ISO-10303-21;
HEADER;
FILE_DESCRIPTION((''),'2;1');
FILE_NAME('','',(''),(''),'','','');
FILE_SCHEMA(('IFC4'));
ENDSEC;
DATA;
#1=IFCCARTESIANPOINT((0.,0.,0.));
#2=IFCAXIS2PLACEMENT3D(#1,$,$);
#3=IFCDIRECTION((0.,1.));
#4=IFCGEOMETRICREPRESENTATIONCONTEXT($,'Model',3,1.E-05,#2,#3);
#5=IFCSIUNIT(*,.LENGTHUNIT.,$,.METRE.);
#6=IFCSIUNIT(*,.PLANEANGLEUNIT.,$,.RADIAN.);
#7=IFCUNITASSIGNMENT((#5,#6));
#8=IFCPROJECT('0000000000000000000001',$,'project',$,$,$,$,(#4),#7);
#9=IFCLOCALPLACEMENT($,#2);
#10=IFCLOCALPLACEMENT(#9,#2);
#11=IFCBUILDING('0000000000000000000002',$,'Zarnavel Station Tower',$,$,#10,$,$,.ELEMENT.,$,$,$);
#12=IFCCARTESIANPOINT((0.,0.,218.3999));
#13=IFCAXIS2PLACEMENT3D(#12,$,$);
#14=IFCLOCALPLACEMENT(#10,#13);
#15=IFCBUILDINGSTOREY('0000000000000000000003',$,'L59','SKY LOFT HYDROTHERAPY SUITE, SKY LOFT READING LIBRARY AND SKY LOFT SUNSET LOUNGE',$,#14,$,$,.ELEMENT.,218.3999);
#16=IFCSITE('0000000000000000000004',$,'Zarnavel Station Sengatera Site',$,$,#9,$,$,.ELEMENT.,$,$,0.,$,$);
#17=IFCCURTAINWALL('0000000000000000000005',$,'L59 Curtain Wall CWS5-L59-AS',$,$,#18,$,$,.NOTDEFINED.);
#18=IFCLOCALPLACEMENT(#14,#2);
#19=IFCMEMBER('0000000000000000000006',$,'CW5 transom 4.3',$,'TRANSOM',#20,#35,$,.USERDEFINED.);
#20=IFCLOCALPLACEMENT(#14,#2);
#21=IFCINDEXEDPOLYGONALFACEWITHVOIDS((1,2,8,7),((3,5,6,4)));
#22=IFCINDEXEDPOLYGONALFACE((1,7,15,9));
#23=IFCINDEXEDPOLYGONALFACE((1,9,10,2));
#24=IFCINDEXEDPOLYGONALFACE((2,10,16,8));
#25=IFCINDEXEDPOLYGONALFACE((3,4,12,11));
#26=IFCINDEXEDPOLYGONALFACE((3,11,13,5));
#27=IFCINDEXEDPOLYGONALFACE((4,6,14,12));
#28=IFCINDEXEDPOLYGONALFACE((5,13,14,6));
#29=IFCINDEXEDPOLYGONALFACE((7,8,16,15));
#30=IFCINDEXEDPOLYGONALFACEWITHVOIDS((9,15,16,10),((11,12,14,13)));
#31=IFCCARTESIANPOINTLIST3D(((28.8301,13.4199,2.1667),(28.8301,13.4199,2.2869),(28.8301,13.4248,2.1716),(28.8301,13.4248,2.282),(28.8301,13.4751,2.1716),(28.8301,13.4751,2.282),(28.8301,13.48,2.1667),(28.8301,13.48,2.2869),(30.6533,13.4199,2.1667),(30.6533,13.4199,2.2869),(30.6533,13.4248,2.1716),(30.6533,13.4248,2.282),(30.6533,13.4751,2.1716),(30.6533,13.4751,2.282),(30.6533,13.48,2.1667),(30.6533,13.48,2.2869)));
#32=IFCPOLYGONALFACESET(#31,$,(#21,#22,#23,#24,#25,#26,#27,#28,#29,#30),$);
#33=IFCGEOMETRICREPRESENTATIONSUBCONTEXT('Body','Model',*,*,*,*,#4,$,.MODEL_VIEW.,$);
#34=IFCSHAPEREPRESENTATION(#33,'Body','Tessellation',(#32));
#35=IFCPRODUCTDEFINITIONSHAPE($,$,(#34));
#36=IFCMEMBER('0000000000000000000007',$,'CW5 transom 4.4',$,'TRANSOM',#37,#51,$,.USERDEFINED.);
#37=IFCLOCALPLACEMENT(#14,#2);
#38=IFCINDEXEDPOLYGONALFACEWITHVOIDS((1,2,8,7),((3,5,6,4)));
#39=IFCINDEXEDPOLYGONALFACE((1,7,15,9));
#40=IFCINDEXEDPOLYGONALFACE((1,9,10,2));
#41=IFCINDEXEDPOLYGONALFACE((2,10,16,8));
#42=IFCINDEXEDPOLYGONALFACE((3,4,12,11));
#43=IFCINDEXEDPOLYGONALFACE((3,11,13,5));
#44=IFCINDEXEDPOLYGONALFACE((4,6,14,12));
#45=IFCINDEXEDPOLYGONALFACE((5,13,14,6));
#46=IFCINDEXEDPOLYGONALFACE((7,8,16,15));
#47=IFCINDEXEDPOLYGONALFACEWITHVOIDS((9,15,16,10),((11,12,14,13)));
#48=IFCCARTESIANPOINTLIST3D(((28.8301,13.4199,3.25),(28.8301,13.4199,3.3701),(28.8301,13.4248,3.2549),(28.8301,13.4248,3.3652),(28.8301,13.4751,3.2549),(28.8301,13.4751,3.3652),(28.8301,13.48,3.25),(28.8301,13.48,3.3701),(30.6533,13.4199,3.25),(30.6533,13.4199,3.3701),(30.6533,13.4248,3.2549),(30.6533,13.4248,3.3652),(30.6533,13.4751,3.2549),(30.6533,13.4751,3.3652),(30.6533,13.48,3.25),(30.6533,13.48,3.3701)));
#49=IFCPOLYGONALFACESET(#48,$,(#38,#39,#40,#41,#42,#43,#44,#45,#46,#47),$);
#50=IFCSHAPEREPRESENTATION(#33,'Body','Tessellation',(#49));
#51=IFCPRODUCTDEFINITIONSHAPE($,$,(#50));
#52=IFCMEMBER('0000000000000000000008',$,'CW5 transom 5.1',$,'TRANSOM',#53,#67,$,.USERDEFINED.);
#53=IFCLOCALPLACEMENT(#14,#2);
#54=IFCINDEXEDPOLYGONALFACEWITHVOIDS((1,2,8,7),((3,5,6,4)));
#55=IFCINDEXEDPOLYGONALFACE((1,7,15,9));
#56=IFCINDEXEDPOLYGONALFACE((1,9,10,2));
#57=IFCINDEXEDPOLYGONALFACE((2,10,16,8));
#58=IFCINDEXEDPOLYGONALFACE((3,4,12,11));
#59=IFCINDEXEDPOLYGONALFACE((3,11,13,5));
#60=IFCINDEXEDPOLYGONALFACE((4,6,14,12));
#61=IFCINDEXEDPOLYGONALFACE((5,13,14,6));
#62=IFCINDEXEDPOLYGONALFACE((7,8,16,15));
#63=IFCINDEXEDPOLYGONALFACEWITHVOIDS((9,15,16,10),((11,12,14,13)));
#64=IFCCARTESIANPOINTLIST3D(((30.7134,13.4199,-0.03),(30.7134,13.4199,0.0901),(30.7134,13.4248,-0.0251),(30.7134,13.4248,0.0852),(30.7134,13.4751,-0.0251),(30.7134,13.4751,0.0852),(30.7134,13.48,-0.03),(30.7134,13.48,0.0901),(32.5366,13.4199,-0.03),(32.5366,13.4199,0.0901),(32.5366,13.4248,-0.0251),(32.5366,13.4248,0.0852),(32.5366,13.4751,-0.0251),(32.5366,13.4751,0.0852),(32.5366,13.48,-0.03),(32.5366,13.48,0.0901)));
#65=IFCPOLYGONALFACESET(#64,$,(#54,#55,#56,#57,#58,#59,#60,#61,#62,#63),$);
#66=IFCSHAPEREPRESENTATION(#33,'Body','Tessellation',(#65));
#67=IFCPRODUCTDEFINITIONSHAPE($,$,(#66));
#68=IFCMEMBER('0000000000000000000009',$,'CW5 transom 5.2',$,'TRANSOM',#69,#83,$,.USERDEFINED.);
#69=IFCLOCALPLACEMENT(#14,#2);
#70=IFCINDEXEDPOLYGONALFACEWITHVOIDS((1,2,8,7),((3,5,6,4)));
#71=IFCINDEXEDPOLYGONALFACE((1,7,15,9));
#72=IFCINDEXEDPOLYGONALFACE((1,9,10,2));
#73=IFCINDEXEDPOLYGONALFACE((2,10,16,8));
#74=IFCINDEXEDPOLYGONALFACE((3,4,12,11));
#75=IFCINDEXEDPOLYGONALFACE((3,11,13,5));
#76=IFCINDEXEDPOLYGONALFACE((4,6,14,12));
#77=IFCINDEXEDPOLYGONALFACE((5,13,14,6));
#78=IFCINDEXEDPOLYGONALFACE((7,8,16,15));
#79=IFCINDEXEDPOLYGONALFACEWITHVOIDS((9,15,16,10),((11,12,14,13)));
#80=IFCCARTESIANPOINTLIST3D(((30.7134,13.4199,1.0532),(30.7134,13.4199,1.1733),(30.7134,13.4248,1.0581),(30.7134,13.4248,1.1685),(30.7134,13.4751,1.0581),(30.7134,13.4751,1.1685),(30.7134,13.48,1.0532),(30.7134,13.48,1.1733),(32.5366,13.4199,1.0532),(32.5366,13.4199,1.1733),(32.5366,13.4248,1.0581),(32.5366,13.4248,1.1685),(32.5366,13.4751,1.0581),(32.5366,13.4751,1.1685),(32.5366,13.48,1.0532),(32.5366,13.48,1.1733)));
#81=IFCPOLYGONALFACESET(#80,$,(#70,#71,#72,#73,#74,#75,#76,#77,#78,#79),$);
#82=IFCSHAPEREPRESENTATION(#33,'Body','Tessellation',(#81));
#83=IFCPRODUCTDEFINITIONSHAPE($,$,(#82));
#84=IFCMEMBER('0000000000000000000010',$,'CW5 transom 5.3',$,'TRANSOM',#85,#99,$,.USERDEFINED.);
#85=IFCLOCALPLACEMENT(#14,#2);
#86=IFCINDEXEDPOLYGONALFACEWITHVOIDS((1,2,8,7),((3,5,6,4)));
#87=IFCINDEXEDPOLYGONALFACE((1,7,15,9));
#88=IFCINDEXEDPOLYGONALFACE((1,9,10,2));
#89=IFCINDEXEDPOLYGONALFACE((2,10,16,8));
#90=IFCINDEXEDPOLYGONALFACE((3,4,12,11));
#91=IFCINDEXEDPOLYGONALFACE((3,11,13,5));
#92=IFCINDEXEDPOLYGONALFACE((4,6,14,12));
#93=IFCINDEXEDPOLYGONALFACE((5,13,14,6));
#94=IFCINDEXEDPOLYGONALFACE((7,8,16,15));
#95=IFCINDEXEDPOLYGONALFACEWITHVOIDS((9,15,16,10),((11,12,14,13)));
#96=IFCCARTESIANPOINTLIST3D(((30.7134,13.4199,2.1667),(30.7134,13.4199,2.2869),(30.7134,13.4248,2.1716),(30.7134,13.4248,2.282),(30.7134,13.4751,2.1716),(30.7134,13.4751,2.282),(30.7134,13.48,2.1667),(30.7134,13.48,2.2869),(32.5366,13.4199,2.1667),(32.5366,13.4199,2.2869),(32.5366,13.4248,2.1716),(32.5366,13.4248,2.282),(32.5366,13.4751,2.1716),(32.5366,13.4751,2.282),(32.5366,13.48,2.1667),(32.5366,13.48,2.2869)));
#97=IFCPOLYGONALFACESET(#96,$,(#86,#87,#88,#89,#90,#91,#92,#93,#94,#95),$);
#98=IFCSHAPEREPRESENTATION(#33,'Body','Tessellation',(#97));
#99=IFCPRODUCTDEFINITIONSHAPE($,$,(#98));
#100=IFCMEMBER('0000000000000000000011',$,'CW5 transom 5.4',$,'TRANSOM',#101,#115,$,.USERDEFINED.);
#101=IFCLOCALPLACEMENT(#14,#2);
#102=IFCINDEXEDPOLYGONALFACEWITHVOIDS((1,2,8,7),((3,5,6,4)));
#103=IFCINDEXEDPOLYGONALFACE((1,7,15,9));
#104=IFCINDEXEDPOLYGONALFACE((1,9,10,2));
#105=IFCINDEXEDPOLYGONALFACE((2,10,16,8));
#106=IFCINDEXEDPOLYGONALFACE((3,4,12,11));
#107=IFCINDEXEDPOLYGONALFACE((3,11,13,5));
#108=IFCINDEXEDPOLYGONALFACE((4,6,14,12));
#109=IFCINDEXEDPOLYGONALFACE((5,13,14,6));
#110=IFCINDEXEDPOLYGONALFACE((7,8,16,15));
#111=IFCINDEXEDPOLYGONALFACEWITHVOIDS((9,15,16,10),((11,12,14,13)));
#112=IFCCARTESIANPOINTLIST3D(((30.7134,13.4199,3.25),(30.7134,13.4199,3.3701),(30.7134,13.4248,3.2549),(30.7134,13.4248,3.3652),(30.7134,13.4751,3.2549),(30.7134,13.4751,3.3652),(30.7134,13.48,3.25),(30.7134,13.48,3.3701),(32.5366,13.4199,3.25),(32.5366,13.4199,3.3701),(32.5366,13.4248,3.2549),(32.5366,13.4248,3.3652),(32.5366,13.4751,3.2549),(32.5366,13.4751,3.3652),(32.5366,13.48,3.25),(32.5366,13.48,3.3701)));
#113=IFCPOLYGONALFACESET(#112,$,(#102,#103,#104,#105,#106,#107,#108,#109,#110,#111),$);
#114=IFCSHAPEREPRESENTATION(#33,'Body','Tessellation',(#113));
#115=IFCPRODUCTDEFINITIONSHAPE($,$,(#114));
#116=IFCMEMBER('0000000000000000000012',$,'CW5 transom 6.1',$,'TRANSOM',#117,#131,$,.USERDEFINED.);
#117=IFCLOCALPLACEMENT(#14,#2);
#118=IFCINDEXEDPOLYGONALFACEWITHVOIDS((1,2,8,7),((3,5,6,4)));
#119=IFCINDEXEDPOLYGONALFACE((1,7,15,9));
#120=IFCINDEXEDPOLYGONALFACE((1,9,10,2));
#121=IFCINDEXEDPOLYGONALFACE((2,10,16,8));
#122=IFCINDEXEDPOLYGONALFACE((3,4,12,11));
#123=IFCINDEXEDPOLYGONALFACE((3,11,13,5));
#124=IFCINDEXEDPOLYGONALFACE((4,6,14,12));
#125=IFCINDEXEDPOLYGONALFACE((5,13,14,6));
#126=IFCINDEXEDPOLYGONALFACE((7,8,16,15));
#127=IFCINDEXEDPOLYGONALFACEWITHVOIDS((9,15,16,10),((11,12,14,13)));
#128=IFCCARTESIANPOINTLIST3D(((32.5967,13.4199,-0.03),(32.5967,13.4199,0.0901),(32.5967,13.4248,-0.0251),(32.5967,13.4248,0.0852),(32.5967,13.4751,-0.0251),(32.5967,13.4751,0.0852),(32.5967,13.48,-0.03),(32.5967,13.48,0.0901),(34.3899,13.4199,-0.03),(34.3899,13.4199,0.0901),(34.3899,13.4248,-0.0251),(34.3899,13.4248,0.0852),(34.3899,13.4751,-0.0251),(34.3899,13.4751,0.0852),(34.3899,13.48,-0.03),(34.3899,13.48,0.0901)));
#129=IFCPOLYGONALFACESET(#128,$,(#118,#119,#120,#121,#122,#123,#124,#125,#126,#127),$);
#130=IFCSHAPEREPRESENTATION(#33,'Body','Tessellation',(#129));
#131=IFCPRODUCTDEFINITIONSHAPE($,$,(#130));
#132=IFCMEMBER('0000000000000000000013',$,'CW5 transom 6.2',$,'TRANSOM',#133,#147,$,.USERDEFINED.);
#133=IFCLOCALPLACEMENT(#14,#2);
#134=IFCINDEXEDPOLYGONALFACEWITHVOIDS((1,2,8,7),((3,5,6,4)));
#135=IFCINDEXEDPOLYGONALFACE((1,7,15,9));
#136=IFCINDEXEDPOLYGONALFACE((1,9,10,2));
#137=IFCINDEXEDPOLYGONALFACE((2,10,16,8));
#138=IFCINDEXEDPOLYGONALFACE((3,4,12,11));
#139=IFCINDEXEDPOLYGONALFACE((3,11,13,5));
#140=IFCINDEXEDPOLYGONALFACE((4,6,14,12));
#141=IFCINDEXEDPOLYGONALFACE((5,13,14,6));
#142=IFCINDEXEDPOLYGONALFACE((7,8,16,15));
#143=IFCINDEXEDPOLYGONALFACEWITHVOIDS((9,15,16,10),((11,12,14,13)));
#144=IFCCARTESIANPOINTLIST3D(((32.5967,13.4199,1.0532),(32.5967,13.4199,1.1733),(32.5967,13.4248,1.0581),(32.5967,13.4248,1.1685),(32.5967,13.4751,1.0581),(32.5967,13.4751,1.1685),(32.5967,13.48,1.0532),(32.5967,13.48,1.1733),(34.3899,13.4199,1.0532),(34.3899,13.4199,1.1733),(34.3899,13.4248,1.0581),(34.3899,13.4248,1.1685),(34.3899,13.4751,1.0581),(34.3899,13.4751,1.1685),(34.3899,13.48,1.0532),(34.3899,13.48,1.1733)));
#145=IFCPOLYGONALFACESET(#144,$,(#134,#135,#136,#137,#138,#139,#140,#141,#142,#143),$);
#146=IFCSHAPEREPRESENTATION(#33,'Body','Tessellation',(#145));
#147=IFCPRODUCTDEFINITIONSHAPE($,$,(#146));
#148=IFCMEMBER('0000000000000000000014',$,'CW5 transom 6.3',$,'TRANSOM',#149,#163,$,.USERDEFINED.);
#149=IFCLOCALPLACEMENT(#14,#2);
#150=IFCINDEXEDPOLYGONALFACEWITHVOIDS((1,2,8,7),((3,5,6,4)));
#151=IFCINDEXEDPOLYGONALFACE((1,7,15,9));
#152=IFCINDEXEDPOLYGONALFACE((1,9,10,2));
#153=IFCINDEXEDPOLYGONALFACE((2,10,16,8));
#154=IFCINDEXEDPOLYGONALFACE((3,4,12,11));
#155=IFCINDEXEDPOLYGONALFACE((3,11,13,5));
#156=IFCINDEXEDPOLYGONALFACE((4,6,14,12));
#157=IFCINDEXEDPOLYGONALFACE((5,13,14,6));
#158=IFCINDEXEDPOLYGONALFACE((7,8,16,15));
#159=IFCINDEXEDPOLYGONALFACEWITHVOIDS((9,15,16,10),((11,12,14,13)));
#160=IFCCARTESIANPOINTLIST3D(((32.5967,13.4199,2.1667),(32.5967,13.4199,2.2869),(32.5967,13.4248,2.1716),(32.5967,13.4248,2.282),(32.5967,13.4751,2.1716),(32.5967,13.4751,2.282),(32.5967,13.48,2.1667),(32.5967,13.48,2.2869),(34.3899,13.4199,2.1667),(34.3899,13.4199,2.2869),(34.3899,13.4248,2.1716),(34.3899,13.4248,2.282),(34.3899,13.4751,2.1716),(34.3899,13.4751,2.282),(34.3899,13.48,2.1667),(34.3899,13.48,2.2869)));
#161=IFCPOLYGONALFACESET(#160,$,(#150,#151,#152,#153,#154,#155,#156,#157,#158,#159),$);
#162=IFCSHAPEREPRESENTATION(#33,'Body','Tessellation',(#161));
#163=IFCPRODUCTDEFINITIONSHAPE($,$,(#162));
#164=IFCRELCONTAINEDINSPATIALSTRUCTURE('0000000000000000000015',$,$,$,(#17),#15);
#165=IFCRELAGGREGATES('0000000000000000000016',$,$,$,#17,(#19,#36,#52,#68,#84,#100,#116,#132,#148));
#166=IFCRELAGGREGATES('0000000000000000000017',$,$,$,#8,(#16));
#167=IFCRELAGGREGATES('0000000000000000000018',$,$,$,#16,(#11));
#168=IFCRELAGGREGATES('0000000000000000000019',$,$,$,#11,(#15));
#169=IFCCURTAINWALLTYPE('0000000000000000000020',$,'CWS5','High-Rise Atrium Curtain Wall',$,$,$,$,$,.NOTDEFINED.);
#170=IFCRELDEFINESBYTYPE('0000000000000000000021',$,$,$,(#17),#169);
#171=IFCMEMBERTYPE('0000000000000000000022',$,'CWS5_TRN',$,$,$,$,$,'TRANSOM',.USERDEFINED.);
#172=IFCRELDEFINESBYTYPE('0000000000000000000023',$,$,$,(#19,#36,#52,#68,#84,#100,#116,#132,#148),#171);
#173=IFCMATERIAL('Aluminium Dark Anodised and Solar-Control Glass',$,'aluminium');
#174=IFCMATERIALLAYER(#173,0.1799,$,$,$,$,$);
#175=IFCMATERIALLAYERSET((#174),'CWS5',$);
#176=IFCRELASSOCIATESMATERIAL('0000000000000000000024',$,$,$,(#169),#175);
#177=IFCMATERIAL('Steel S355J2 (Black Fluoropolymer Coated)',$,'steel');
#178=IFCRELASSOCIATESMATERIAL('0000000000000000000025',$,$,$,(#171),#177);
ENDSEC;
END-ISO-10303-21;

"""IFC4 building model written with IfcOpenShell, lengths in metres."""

from ifc_helpers import new_model, si_unit, direction, frame, origin, origin_2d, place, context, subcontext, project, spatial, hollow_rectangle, extrude, material, layer, layer_set, material_profile, profile_set, type_object, element, aggregate, save


model = new_model("IFC4")

# Units and contexts
model_context = context("Model", 3, precision=1e-05, world=origin(), true_north=direction((0.0, 1.0)))
body_context = subcontext(model_context, "Body", "Model", "MODEL_VIEW")
ifc_project = project(units=[si_unit("LENGTHUNIT", "METRE"), si_unit("PLANEANGLEUNIT", "RADIAN")], contexts=[model_context])

# Site, building, storey
site_placement = place(None, origin())
site = spatial("IfcSite", under=ifc_project, at=site_placement, Name="Zarnavel Station Sengatera Site", CompositionType="ELEMENT", RefElevation=0.0)
building_placement = place(site_placement, origin())
building = spatial("IfcBuilding", under=site, at=building_placement, Name="Zarnavel Station Tower", CompositionType="ELEMENT")
storey_placement = place(building_placement, frame((0.0, 0.0, 218.3999)))
storey = spatial("IfcBuildingStorey", under=building, at=storey_placement, Name="L59", Description="SKY LOFT HYDROTHERAPY SUITE, SKY LOFT READING LIBRARY AND SKY LOFT SUNSET LOUNGE", CompositionType="ELEMENT", Elevation=218.3999)

# Curtain wall, members
ifc_material_1 = material(Name="Aluminium Dark Anodised and Solar-Control Glass", Category="aluminium")
ifc_layer_1 = layer(ifc_material_1, 0.1799)
ifc_layer_set_1 = layer_set([ifc_layer_1], Name="CWS5")
curtain_wall_type = type_object("IfcCurtainWallType", Name="CWS5", Description="High-Rise Atrium Curtain Wall", PredefinedType="NOTDEFINED", material=ifc_layer_set_1)
curtain_wall_placement = place(storey_placement, origin())
curtain_wall = element("IfcCurtainWall", 1, at=curtain_wall_placement, inside=storey, type_object=curtain_wall_type, Name="L59 Curtain Wall CWS5-L59-AS", PredefinedType="NOTDEFINED")
ifc_material_2 = material(Name="Steel S355J2 (Black Fluoropolymer Coated)", Category="steel")
ifc_material_profile_1 = material_profile(ifc_material_2, hollow_rectangle(XDim=0.0601, YDim=0.1201, WallThickness=0.0049, at=origin_2d()), Name="RHS120x60x5")
ifc_profile_set_1 = profile_set([ifc_material_profile_1], Name="Steel S355J2 (Black Fluoropolymer Coated)")
member_type_1 = type_object("IfcMemberType", Name="CWS5_TRN", ElementType="TRANSOM", PredefinedType="USERDEFINED", material=ifc_profile_set_1)
member_1_placement = place(storey_placement, frame((28.8301, 13.45, 2.2268), z_axis=(1.0, 0.0, 0.0), x_axis=(0.0, 1.0, 0.0)))
member_1 = element("IfcMember", 2, at=member_1_placement, type_object=member_type_1, Name="CW5 transom 4.3", ObjectType="TRANSOM", PredefinedType="USERDEFINED", context=body_context, shape_type="SweptSolid", body=[
    extrude(hollow_rectangle(XDim=0.0601, YDim=0.1201, WallThickness=0.0049, at=origin_2d()), origin(), (0.0, 0.0, 1.0), 1.8232),
])
member_2_placement = place(storey_placement, frame((28.8301, 13.45, 3.3101), z_axis=(1.0, 0.0, 0.0), x_axis=(0.0, 1.0, 0.0)))
member_2 = element("IfcMember", 3, at=member_2_placement, type_object=member_type_1, Name="CW5 transom 4.4", ObjectType="TRANSOM", PredefinedType="USERDEFINED", context=body_context, shape_type="SweptSolid", body=[
    extrude(hollow_rectangle(XDim=0.0601, YDim=0.1201, WallThickness=0.0049, at=origin_2d()), origin(), (0.0, 0.0, 1.0), 1.8232),
])
member_3_placement = place(storey_placement, frame((30.7134, 13.45, 0.03), z_axis=(1.0, 0.0, 0.0), x_axis=(0.0, 1.0, 0.0)))
member_3 = element("IfcMember", 4, at=member_3_placement, type_object=member_type_1, Name="CW5 transom 5.1", ObjectType="TRANSOM", PredefinedType="USERDEFINED", context=body_context, shape_type="SweptSolid", body=[
    extrude(hollow_rectangle(XDim=0.0601, YDim=0.1201, WallThickness=0.0049, at=origin_2d()), origin(), (0.0, 0.0, 1.0), 1.8232),
])
member_4_placement = place(storey_placement, frame((30.7134, 13.45, 1.1133), z_axis=(1.0, 0.0, 0.0), x_axis=(0.0, 1.0, 0.0)))
member_4 = element("IfcMember", 5, at=member_4_placement, type_object=member_type_1, Name="CW5 transom 5.2", ObjectType="TRANSOM", PredefinedType="USERDEFINED", context=body_context, shape_type="SweptSolid", body=[
    extrude(hollow_rectangle(XDim=0.0601, YDim=0.1201, WallThickness=0.0049, at=origin_2d()), origin(), (0.0, 0.0, 1.0), 1.8232),
])
member_5_placement = place(storey_placement, frame((30.7134, 13.45, 2.2268), z_axis=(1.0, 0.0, 0.0), x_axis=(0.0, 1.0, 0.0)))
member_5 = element("IfcMember", 6, at=member_5_placement, type_object=member_type_1, Name="CW5 transom 5.3", ObjectType="TRANSOM", PredefinedType="USERDEFINED", context=body_context, shape_type="SweptSolid", body=[
    extrude(hollow_rectangle(XDim=0.0601, YDim=0.1201, WallThickness=0.0049, at=origin_2d()), origin(), (0.0, 0.0, 1.0), 1.8232),
])
member_6_placement = place(storey_placement, frame((30.7134, 13.45, 3.3101), z_axis=(1.0, 0.0, 0.0), x_axis=(0.0, 1.0, 0.0)))
member_6 = element("IfcMember", 7, at=member_6_placement, type_object=member_type_1, Name="CW5 transom 5.4", ObjectType="TRANSOM", PredefinedType="USERDEFINED", context=body_context, shape_type="SweptSolid", body=[
    extrude(hollow_rectangle(XDim=0.0601, YDim=0.1201, WallThickness=0.0049, at=origin_2d()), origin(), (0.0, 0.0, 1.0), 1.8232),
])
member_7_placement = place(storey_placement, frame((32.5967, 13.45, 0.03), z_axis=(1.0, 0.0, 0.0), x_axis=(0.0, 1.0, 0.0)))
member_7 = element("IfcMember", 8, at=member_7_placement, type_object=member_type_1, Name="CW5 transom 6.1", ObjectType="TRANSOM", PredefinedType="USERDEFINED", context=body_context, shape_type="SweptSolid", body=[
    extrude(hollow_rectangle(XDim=0.0601, YDim=0.1201, WallThickness=0.0049, at=origin_2d()), origin(), (0.0, 0.0, 1.0), 1.7932),
])
member_8_placement = place(storey_placement, frame((32.5967, 13.45, 1.1133), z_axis=(1.0, 0.0, 0.0), x_axis=(0.0, 1.0, 0.0)))
member_8 = element("IfcMember", 9, at=member_8_placement, type_object=member_type_1, Name="CW5 transom 6.2", ObjectType="TRANSOM", PredefinedType="USERDEFINED", context=body_context, shape_type="SweptSolid", body=[
    extrude(hollow_rectangle(XDim=0.0601, YDim=0.1201, WallThickness=0.0049, at=origin_2d()), origin(), (0.0, 0.0, 1.0), 1.7932),
])
member_9_placement = place(storey_placement, frame((32.5967, 13.45, 2.2268), z_axis=(1.0, 0.0, 0.0), x_axis=(0.0, 1.0, 0.0)))
member_9 = element("IfcMember", 10, at=member_9_placement, type_object=member_type_1, Name="CW5 transom 6.3", ObjectType="TRANSOM", PredefinedType="USERDEFINED", context=body_context, shape_type="SweptSolid", body=[
    extrude(hollow_rectangle(XDim=0.0601, YDim=0.1201, WallThickness=0.0049, at=origin_2d()), origin(), (0.0, 0.0, 1.0), 1.7932),
])

aggregate(curtain_wall, [member_1, member_2, member_3, member_4, member_5, member_6, member_7, member_8, member_9])

save(model, "model.ifc")
